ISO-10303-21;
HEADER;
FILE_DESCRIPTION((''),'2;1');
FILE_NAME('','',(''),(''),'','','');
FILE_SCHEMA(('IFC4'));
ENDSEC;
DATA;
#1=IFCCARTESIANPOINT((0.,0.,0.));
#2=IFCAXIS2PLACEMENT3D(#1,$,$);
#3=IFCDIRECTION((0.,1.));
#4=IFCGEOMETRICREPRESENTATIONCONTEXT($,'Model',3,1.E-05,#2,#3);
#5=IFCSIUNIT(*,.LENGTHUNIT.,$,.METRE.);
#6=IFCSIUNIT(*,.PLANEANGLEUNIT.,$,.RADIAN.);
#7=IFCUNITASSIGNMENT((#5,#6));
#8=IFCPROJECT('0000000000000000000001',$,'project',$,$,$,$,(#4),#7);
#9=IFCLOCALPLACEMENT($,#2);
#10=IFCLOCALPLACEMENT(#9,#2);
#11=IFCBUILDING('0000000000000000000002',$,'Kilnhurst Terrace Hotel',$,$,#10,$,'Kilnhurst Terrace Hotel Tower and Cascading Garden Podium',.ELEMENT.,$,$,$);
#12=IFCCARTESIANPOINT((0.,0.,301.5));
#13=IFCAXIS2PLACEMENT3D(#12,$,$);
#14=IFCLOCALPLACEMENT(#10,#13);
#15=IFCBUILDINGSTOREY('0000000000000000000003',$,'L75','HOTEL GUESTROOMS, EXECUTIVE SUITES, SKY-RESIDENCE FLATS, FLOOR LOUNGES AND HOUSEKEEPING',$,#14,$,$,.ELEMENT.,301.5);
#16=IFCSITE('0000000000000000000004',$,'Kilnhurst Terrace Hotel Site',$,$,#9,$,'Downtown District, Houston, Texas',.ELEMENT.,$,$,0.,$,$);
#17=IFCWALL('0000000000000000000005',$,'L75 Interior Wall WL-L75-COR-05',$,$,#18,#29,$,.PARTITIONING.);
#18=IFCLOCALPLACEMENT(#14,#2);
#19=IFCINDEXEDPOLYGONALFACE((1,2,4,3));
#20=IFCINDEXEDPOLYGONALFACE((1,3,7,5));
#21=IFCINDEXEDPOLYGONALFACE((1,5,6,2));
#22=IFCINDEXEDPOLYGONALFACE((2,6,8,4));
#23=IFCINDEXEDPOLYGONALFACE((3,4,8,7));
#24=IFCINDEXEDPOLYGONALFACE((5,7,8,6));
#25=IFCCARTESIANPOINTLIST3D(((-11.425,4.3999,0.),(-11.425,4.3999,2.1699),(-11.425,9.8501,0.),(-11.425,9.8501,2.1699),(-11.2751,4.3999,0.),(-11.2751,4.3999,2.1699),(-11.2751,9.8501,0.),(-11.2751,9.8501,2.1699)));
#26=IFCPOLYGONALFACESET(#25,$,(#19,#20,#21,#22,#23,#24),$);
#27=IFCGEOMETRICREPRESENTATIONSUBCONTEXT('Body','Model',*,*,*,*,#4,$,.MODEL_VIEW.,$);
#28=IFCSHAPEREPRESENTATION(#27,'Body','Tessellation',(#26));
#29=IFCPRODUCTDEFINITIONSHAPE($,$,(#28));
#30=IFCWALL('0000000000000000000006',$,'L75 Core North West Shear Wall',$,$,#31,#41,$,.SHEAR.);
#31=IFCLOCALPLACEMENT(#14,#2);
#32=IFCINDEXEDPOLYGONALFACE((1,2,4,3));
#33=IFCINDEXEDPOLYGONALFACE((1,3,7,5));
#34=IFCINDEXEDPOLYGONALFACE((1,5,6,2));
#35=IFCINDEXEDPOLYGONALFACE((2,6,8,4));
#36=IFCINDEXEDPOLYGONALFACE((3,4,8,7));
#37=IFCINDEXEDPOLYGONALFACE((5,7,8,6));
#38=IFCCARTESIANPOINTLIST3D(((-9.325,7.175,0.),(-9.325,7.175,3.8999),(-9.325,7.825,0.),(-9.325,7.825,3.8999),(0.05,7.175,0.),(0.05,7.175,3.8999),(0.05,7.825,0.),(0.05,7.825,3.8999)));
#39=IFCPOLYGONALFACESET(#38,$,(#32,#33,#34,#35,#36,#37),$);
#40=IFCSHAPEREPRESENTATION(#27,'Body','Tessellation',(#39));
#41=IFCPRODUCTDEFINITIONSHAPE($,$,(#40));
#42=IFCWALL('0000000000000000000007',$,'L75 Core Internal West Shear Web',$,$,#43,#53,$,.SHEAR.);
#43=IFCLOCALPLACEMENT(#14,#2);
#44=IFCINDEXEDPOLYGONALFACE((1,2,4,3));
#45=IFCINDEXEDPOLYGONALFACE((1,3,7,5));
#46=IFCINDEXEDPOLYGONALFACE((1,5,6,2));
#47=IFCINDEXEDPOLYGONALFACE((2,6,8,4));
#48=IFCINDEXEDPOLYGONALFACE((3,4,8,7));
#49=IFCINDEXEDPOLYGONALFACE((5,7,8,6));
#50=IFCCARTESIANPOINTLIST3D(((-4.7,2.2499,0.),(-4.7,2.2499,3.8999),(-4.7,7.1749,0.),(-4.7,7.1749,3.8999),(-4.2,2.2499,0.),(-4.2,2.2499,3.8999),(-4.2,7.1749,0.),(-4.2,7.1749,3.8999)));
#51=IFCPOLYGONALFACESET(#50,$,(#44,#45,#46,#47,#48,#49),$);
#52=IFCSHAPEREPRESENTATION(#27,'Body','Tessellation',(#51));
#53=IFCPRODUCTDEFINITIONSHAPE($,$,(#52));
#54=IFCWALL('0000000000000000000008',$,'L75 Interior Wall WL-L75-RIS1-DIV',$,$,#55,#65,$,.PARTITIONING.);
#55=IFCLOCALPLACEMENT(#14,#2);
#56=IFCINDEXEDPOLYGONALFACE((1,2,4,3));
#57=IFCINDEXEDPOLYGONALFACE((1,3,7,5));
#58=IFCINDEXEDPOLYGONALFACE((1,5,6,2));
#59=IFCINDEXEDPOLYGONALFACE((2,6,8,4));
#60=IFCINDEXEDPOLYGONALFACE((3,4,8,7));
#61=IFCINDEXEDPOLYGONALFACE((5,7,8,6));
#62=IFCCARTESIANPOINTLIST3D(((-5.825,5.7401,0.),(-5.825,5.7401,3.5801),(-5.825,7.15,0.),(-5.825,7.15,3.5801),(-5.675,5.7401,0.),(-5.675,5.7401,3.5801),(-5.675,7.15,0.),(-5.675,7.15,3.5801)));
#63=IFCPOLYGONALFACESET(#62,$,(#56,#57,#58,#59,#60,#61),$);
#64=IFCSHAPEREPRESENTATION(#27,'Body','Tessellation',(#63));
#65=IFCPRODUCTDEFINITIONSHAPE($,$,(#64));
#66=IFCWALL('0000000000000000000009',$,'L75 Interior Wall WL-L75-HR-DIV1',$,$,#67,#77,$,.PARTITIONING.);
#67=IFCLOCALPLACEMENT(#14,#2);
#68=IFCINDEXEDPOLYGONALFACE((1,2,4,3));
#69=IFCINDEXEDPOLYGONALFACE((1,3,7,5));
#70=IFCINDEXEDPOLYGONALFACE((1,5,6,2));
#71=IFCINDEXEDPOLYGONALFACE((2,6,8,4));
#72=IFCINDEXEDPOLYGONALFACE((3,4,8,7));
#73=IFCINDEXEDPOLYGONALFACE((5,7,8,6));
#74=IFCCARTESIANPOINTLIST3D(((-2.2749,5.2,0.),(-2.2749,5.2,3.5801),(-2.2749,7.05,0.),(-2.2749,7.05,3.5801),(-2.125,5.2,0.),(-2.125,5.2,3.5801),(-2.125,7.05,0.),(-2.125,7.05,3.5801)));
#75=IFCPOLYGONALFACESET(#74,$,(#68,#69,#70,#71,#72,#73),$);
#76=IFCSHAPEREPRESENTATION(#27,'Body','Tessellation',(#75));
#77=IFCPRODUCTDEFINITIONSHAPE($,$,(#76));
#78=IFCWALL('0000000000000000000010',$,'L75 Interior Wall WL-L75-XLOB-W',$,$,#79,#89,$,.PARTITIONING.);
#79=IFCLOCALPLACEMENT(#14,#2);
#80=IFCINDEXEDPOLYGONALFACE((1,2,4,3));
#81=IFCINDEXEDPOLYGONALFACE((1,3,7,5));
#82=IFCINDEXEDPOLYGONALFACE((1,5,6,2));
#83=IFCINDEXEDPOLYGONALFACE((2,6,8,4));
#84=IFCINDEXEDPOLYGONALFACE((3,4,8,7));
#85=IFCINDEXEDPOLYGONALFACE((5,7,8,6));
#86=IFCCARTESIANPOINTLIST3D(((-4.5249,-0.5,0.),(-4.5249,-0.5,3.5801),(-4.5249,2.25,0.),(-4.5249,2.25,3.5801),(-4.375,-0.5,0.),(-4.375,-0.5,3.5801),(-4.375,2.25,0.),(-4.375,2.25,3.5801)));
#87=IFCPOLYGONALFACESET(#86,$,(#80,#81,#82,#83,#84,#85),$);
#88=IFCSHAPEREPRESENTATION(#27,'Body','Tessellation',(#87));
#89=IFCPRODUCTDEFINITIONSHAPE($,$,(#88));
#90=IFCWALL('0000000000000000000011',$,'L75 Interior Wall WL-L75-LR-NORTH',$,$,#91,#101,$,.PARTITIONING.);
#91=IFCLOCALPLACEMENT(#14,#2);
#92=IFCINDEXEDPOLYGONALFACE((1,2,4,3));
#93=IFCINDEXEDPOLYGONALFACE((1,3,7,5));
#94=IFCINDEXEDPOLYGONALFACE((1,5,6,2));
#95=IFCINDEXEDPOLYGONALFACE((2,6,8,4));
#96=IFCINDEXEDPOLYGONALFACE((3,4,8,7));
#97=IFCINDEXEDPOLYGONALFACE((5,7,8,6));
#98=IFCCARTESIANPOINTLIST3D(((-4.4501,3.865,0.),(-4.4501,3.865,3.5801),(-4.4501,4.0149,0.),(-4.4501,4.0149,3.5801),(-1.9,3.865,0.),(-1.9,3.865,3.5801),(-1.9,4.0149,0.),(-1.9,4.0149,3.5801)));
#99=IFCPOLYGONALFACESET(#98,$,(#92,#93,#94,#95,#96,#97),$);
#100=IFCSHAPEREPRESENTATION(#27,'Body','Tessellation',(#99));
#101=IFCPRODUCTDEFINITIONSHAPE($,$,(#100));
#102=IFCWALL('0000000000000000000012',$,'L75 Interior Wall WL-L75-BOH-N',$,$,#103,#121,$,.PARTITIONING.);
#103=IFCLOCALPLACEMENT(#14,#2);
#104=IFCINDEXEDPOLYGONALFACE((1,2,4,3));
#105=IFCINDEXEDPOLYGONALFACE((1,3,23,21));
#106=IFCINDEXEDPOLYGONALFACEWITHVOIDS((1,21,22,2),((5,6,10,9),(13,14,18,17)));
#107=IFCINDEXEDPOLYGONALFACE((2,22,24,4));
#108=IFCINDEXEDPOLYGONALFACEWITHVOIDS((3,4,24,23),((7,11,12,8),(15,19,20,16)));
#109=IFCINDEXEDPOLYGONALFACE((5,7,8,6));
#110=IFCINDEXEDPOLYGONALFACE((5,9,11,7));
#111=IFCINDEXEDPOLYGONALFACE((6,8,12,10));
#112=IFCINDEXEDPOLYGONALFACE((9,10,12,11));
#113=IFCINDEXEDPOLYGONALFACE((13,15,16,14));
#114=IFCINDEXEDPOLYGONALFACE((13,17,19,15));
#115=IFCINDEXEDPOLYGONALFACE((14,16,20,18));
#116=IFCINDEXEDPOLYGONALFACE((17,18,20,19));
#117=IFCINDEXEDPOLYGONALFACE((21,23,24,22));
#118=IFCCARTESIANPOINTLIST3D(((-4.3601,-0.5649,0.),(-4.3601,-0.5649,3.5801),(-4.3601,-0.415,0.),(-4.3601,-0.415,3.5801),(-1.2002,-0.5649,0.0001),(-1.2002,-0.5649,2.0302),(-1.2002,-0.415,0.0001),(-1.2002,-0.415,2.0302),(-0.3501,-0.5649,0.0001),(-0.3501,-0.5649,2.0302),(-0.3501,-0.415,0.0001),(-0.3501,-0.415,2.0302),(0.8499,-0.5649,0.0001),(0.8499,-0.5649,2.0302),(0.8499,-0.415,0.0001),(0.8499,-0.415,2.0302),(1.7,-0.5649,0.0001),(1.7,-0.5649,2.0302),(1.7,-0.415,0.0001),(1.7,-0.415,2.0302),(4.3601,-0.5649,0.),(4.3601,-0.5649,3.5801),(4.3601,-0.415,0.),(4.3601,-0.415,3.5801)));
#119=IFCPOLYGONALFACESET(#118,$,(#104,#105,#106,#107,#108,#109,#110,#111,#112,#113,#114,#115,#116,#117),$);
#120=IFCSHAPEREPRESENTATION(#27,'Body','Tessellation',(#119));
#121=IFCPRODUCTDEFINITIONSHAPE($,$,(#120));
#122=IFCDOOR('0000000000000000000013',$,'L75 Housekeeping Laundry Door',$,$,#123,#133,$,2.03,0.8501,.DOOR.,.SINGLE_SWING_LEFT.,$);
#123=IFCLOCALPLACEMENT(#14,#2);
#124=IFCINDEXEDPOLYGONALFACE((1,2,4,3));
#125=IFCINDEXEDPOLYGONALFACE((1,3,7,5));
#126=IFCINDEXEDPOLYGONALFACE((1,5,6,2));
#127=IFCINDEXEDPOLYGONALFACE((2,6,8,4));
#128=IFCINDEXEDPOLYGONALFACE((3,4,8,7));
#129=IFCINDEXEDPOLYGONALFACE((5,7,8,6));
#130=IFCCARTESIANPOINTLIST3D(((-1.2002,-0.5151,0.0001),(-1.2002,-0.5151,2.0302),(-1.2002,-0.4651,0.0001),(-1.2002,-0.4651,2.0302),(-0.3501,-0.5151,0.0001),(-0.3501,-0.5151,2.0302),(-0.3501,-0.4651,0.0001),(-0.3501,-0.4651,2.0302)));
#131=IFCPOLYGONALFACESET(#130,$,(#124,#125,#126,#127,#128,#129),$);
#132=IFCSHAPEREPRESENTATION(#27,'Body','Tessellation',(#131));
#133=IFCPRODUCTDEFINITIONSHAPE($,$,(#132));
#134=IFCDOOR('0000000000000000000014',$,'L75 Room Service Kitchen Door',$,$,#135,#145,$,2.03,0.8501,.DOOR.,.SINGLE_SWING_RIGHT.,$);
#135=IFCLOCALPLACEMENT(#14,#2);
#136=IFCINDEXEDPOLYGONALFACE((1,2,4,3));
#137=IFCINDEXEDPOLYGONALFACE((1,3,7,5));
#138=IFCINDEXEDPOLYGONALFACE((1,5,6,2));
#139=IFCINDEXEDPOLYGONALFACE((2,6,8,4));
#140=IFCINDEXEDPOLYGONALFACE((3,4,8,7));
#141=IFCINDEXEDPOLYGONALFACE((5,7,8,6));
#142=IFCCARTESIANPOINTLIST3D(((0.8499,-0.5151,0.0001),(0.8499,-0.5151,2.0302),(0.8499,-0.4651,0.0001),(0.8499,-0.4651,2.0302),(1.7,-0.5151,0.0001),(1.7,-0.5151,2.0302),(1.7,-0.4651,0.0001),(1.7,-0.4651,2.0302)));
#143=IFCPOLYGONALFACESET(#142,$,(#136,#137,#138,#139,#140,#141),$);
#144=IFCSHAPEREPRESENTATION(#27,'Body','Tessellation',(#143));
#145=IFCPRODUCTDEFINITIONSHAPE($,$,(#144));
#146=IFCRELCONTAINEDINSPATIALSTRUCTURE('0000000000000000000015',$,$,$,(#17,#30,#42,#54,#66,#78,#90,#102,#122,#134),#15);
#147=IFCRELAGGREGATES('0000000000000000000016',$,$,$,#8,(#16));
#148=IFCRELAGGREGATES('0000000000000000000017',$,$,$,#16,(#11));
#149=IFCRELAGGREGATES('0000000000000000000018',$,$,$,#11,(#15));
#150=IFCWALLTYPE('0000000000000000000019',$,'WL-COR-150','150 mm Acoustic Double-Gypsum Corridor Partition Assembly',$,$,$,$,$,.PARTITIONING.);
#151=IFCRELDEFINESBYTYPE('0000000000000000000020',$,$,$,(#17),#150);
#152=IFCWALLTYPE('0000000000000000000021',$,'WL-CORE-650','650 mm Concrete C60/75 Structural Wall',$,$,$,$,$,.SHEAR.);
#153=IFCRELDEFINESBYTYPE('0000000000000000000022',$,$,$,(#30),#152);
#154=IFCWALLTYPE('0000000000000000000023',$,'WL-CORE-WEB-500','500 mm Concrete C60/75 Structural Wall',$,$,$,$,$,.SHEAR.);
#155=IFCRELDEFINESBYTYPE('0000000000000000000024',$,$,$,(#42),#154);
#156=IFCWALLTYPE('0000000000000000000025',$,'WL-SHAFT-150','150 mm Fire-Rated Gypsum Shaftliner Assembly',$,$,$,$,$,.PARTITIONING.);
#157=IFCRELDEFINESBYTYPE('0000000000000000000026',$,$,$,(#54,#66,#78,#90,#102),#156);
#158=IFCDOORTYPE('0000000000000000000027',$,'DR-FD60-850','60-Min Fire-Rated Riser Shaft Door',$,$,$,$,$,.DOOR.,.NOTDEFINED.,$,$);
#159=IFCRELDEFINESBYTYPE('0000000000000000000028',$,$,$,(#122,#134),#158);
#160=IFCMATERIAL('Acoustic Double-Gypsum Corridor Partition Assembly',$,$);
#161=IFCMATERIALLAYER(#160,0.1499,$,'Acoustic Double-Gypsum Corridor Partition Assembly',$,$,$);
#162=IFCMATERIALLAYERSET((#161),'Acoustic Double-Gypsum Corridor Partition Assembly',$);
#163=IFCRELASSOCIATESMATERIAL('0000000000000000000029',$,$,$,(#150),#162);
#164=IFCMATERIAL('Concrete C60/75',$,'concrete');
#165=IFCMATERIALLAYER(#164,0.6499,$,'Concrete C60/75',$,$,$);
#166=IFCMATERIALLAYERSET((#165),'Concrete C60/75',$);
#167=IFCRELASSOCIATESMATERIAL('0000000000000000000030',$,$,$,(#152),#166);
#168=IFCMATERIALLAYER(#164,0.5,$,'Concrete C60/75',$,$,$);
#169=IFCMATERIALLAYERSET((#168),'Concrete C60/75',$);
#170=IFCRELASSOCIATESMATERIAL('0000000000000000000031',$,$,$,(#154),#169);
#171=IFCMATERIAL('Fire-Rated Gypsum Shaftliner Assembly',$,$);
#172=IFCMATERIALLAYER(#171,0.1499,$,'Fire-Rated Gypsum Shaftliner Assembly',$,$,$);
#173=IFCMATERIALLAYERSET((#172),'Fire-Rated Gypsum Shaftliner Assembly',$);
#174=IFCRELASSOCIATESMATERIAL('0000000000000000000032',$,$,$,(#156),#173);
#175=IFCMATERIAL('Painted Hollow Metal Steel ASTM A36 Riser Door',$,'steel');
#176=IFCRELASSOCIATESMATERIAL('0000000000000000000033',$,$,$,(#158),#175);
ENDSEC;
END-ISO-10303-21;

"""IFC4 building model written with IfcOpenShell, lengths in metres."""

from ifc_helpers import new_model, si_unit, direction, frame, frame_2d, origin, place, context, subcontext, project, spatial, rectangle, extrude, material, layer, layer_set, type_object, element, fill, save


model = new_model("IFC4")

# Units and contexts
model_context = context("Model", 3, precision=1e-05, world=origin(), true_north=direction((0.0, 1.0)))
body_context = subcontext(model_context, "Body", "Model", "MODEL_VIEW")
ifc_project = project(units=[si_unit("LENGTHUNIT", "METRE"), si_unit("PLANEANGLEUNIT", "RADIAN")], contexts=[model_context])

# Site, building, storey
site_placement = place(None, origin())
site = spatial("IfcSite", under=ifc_project, at=site_placement, Name="Kilnhurst Terrace Hotel Site", LongName="Downtown District, Houston, Texas", CompositionType="ELEMENT", RefElevation=0.0)
building_placement = place(site_placement, origin())
building = spatial("IfcBuilding", under=site, at=building_placement, Name="Kilnhurst Terrace Hotel", LongName="Kilnhurst Terrace Hotel Tower and Cascading Garden Podium", CompositionType="ELEMENT")
storey_placement = place(building_placement, frame((0.0, 0.0, 301.5)))
storey = spatial("IfcBuildingStorey", under=building, at=storey_placement, Name="L75", Description="HOTEL GUESTROOMS, EXECUTIVE SUITES, SKY-RESIDENCE FLATS, FLOOR LOUNGES AND HOUSEKEEPING", CompositionType="ELEMENT", Elevation=301.5)

# Walls
ifc_material_1 = material(Name="Acoustic Double-Gypsum Corridor Partition Assembly")
ifc_layer_1 = layer(ifc_material_1, 0.1499, Name="Acoustic Double-Gypsum Corridor Partition Assembly")
ifc_layer_set_1 = layer_set([ifc_layer_1], Name="Acoustic Double-Gypsum Corridor Partition Assembly")
wall_type_1 = type_object("IfcWallType", Name="WL-COR-150", Description="150 mm Acoustic Double-Gypsum Corridor Partition Assembly", PredefinedType="PARTITIONING", material=ifc_layer_set_1)
wall_1_placement = place(storey_placement, frame((-11.3501, 4.3999, 0.0), z_axis=(0.0, 0.0, 1.0), x_axis=(0.0, 1.0, 0.0)))
element("IfcWall", 1, at=wall_1_placement, inside=storey, type_object=wall_type_1, Name="L75 Interior Wall WL-L75-COR-05", PredefinedType="PARTITIONING", context=body_context, shape_type="SweptSolid", body=[
    extrude(rectangle(XDim=5.4502, YDim=0.1499, at=frame_2d((2.7251, 0.0))), origin(), (0.0, 0.0, 1.0), 2.1699),
])
ifc_material_2 = material(Name="Concrete C60/75", Category="concrete")
ifc_layer_2 = layer(ifc_material_2, 0.6499, Name="Concrete C60/75")
ifc_layer_set_2 = layer_set([ifc_layer_2], Name="Concrete C60/75")
wall_type_2 = type_object("IfcWallType", Name="WL-CORE-650", Description="650 mm Concrete C60/75 Structural Wall", PredefinedType="SHEAR", material=ifc_layer_set_2)
wall_2_placement = place(storey_placement, frame((-9.325, 7.5, 0.0), z_axis=(0.0, 0.0, 1.0), x_axis=(1.0, 0.0, 0.0)))
element("IfcWall", 2, at=wall_2_placement, inside=storey, type_object=wall_type_2, Name="L75 Core North West Shear Wall", PredefinedType="SHEAR", context=body_context, shape_type="SweptSolid", body=[
    extrude(rectangle(XDim=9.375, YDim=0.6499, at=frame_2d((4.6875, 0.0))), origin(), (0.0, 0.0, 1.0), 3.8999),
])
ifc_layer_3 = layer(ifc_material_2, 0.5, Name="Concrete C60/75")
ifc_layer_set_3 = layer_set([ifc_layer_3], Name="Concrete C60/75")
wall_type_3 = type_object("IfcWallType", Name="WL-CORE-WEB-500", Description="500 mm Concrete C60/75 Structural Wall", PredefinedType="SHEAR", material=ifc_layer_set_3)
wall_3_placement = place(storey_placement, frame((-4.45, 2.25, 0.0), z_axis=(0.0, 0.0, 1.0), x_axis=(0.0, 1.0, 0.0)))
element("IfcWall", 3, at=wall_3_placement, inside=storey, type_object=wall_type_3, Name="L75 Core Internal West Shear Web", PredefinedType="SHEAR", context=body_context, shape_type="SweptSolid", body=[
    extrude(rectangle(XDim=4.925, YDim=0.5, at=frame_2d((2.4624, 0.0))), origin(), (0.0, 0.0, 1.0), 3.8999),
])
ifc_material_3 = material(Name="Fire-Rated Gypsum Shaftliner Assembly")
ifc_layer_4 = layer(ifc_material_3, 0.1499, Name="Fire-Rated Gypsum Shaftliner Assembly")
ifc_layer_set_4 = layer_set([ifc_layer_4], Name="Fire-Rated Gypsum Shaftliner Assembly")
wall_type_4 = type_object("IfcWallType", Name="WL-SHAFT-150", Description="150 mm Fire-Rated Gypsum Shaftliner Assembly", PredefinedType="PARTITIONING", material=ifc_layer_set_4)
wall_4_placement = place(storey_placement, frame((-5.75, 5.74, 0.0), z_axis=(0.0, 0.0, 1.0), x_axis=(0.0, 1.0, 0.0)))
element("IfcWall", 4, at=wall_4_placement, inside=storey, type_object=wall_type_4, Name="L75 Interior Wall WL-L75-RIS1-DIV", PredefinedType="PARTITIONING", context=body_context, shape_type="SweptSolid", body=[
    extrude(rectangle(XDim=1.4099, YDim=0.1499, at=frame_2d((0.7051, 0.0))), origin(), (0.0, 0.0, 1.0), 3.5801),
])
wall_5_placement = place(storey_placement, frame((-2.2, 5.2, 0.0), z_axis=(0.0, 0.0, 1.0), x_axis=(0.0, 1.0, 0.0)))
element("IfcWall", 5, at=wall_5_placement, inside=storey, type_object=wall_type_4, Name="L75 Interior Wall WL-L75-HR-DIV1", PredefinedType="PARTITIONING", context=body_context, shape_type="SweptSolid", body=[
    extrude(rectangle(XDim=1.8501, YDim=0.1499, at=frame_2d((0.925, 0.0))), origin(), (0.0, 0.0, 1.0), 3.5801),
])
wall_6_placement = place(storey_placement, frame((-4.45, -0.5, 0.0), z_axis=(0.0, 0.0, 1.0), x_axis=(0.0, 1.0, 0.0)))
element("IfcWall", 6, at=wall_6_placement, inside=storey, type_object=wall_type_4, Name="L75 Interior Wall WL-L75-XLOB-W", PredefinedType="PARTITIONING", context=body_context, shape_type="SweptSolid", body=[
    extrude(rectangle(XDim=2.75, YDim=0.1499, at=frame_2d((1.375, 0.0))), origin(), (0.0, 0.0, 1.0), 3.5801),
])
wall_7_placement = place(storey_placement, frame((-4.45, 3.9399, 0.0), z_axis=(0.0, 0.0, 1.0), x_axis=(1.0, 0.0, 0.0)))
element("IfcWall", 7, at=wall_7_placement, inside=storey, type_object=wall_type_4, Name="L75 Interior Wall WL-L75-LR-NORTH", PredefinedType="PARTITIONING", context=body_context, shape_type="SweptSolid", body=[
    extrude(rectangle(XDim=2.55, YDim=0.1499, at=frame_2d((1.2749, 0.0))), origin(), (0.0, 0.0, 1.0), 3.5801),
])

# Wall, openings, doors
wall_8_placement = place(storey_placement, frame((-4.3601, -0.49, 0.0), z_axis=(0.0, 0.0, 1.0), x_axis=(1.0, 0.0, 0.0)))
wall_8 = element("IfcWall", 8, at=wall_8_placement, inside=storey, type_object=wall_type_4, Name="L75 Interior Wall WL-L75-BOH-N", PredefinedType="PARTITIONING", context=body_context, shape_type="SweptSolid", body=[
    extrude(rectangle(XDim=8.7202, YDim=0.1499, at=frame_2d((4.3601, 0.0))), origin(), (0.0, 0.0, 1.0), 3.5801),
])
opening_1_placement = place(wall_8_placement, frame((3.1599, 0.0, 0.0)))
opening_1 = element("IfcOpeningElement", 9, at=opening_1_placement, cuts=wall_8, PredefinedType="OPENING", context=body_context, shape_type="SweptSolid", body=[
    extrude(rectangle(XDim=0.8501, YDim=2.03, at=frame_2d((0.425, 1.0151))), frame((0.0, 0.085, 0.0), z_axis=(0.0, -1.0, 0.0), x_axis=(1.0, 0.0, 0.0)), (0.0, 0.0, 1.0), 0.1699),
])
opening_2_placement = place(wall_8_placement, frame((5.21, 0.0, 0.0)))
opening_2 = element("IfcOpeningElement", 10, at=opening_2_placement, cuts=wall_8, PredefinedType="OPENING", context=body_context, shape_type="SweptSolid", body=[
    extrude(rectangle(XDim=0.8501, YDim=2.03, at=frame_2d((0.425, 1.0151))), frame((0.0, 0.085, 0.0), z_axis=(0.0, -1.0, 0.0), x_axis=(1.0, 0.0, 0.0)), (0.0, 0.0, 1.0), 0.1699),
])
ifc_material_4 = material(Name="Painted Hollow Metal Steel ASTM A36 Riser Door", Category="steel")
door_type_1 = type_object("IfcDoorType", Name="DR-FD60-850", Description="60-Min Fire-Rated Riser Shaft Door", OperationType="NOTDEFINED", PredefinedType="DOOR", material=ifc_material_4)
door_1_placement = place(opening_1_placement, origin())
door_1 = element("IfcDoor", 11, at=door_1_placement, inside=storey, type_object=door_type_1, Name="L75 Housekeeping Laundry Door", OperationType="SINGLE_SWING_LEFT", OverallHeight=2.03, OverallWidth=0.8501, PredefinedType="DOOR", context=body_context, shape_type="SweptSolid", body=[
    extrude(rectangle(XDim=0.8501, YDim=2.03, at=frame_2d((0.425, 1.0151))), frame((0.0, 0.0249, 0.0), z_axis=(0.0, -1.0, 0.0), x_axis=(1.0, 0.0, 0.0)), (0.0, 0.0, 1.0), 0.05),
])
fill(opening_1, door_1)
door_2_placement = place(opening_2_placement, origin())
door_2 = element("IfcDoor", 12, at=door_2_placement, inside=storey, type_object=door_type_1, Name="L75 Room Service Kitchen Door", OperationType="SINGLE_SWING_RIGHT", OverallHeight=2.03, OverallWidth=0.8501, PredefinedType="DOOR", context=body_context, shape_type="SweptSolid", body=[
    extrude(rectangle(XDim=0.8501, YDim=2.03, at=frame_2d((0.425, 1.0151))), frame((0.0, 0.0249, 0.0), z_axis=(0.0, -1.0, 0.0), x_axis=(1.0, 0.0, 0.0)), (0.0, 0.0, 1.0), 0.05),
])
fill(opening_2, door_2)

save(model, "model.ifc")
